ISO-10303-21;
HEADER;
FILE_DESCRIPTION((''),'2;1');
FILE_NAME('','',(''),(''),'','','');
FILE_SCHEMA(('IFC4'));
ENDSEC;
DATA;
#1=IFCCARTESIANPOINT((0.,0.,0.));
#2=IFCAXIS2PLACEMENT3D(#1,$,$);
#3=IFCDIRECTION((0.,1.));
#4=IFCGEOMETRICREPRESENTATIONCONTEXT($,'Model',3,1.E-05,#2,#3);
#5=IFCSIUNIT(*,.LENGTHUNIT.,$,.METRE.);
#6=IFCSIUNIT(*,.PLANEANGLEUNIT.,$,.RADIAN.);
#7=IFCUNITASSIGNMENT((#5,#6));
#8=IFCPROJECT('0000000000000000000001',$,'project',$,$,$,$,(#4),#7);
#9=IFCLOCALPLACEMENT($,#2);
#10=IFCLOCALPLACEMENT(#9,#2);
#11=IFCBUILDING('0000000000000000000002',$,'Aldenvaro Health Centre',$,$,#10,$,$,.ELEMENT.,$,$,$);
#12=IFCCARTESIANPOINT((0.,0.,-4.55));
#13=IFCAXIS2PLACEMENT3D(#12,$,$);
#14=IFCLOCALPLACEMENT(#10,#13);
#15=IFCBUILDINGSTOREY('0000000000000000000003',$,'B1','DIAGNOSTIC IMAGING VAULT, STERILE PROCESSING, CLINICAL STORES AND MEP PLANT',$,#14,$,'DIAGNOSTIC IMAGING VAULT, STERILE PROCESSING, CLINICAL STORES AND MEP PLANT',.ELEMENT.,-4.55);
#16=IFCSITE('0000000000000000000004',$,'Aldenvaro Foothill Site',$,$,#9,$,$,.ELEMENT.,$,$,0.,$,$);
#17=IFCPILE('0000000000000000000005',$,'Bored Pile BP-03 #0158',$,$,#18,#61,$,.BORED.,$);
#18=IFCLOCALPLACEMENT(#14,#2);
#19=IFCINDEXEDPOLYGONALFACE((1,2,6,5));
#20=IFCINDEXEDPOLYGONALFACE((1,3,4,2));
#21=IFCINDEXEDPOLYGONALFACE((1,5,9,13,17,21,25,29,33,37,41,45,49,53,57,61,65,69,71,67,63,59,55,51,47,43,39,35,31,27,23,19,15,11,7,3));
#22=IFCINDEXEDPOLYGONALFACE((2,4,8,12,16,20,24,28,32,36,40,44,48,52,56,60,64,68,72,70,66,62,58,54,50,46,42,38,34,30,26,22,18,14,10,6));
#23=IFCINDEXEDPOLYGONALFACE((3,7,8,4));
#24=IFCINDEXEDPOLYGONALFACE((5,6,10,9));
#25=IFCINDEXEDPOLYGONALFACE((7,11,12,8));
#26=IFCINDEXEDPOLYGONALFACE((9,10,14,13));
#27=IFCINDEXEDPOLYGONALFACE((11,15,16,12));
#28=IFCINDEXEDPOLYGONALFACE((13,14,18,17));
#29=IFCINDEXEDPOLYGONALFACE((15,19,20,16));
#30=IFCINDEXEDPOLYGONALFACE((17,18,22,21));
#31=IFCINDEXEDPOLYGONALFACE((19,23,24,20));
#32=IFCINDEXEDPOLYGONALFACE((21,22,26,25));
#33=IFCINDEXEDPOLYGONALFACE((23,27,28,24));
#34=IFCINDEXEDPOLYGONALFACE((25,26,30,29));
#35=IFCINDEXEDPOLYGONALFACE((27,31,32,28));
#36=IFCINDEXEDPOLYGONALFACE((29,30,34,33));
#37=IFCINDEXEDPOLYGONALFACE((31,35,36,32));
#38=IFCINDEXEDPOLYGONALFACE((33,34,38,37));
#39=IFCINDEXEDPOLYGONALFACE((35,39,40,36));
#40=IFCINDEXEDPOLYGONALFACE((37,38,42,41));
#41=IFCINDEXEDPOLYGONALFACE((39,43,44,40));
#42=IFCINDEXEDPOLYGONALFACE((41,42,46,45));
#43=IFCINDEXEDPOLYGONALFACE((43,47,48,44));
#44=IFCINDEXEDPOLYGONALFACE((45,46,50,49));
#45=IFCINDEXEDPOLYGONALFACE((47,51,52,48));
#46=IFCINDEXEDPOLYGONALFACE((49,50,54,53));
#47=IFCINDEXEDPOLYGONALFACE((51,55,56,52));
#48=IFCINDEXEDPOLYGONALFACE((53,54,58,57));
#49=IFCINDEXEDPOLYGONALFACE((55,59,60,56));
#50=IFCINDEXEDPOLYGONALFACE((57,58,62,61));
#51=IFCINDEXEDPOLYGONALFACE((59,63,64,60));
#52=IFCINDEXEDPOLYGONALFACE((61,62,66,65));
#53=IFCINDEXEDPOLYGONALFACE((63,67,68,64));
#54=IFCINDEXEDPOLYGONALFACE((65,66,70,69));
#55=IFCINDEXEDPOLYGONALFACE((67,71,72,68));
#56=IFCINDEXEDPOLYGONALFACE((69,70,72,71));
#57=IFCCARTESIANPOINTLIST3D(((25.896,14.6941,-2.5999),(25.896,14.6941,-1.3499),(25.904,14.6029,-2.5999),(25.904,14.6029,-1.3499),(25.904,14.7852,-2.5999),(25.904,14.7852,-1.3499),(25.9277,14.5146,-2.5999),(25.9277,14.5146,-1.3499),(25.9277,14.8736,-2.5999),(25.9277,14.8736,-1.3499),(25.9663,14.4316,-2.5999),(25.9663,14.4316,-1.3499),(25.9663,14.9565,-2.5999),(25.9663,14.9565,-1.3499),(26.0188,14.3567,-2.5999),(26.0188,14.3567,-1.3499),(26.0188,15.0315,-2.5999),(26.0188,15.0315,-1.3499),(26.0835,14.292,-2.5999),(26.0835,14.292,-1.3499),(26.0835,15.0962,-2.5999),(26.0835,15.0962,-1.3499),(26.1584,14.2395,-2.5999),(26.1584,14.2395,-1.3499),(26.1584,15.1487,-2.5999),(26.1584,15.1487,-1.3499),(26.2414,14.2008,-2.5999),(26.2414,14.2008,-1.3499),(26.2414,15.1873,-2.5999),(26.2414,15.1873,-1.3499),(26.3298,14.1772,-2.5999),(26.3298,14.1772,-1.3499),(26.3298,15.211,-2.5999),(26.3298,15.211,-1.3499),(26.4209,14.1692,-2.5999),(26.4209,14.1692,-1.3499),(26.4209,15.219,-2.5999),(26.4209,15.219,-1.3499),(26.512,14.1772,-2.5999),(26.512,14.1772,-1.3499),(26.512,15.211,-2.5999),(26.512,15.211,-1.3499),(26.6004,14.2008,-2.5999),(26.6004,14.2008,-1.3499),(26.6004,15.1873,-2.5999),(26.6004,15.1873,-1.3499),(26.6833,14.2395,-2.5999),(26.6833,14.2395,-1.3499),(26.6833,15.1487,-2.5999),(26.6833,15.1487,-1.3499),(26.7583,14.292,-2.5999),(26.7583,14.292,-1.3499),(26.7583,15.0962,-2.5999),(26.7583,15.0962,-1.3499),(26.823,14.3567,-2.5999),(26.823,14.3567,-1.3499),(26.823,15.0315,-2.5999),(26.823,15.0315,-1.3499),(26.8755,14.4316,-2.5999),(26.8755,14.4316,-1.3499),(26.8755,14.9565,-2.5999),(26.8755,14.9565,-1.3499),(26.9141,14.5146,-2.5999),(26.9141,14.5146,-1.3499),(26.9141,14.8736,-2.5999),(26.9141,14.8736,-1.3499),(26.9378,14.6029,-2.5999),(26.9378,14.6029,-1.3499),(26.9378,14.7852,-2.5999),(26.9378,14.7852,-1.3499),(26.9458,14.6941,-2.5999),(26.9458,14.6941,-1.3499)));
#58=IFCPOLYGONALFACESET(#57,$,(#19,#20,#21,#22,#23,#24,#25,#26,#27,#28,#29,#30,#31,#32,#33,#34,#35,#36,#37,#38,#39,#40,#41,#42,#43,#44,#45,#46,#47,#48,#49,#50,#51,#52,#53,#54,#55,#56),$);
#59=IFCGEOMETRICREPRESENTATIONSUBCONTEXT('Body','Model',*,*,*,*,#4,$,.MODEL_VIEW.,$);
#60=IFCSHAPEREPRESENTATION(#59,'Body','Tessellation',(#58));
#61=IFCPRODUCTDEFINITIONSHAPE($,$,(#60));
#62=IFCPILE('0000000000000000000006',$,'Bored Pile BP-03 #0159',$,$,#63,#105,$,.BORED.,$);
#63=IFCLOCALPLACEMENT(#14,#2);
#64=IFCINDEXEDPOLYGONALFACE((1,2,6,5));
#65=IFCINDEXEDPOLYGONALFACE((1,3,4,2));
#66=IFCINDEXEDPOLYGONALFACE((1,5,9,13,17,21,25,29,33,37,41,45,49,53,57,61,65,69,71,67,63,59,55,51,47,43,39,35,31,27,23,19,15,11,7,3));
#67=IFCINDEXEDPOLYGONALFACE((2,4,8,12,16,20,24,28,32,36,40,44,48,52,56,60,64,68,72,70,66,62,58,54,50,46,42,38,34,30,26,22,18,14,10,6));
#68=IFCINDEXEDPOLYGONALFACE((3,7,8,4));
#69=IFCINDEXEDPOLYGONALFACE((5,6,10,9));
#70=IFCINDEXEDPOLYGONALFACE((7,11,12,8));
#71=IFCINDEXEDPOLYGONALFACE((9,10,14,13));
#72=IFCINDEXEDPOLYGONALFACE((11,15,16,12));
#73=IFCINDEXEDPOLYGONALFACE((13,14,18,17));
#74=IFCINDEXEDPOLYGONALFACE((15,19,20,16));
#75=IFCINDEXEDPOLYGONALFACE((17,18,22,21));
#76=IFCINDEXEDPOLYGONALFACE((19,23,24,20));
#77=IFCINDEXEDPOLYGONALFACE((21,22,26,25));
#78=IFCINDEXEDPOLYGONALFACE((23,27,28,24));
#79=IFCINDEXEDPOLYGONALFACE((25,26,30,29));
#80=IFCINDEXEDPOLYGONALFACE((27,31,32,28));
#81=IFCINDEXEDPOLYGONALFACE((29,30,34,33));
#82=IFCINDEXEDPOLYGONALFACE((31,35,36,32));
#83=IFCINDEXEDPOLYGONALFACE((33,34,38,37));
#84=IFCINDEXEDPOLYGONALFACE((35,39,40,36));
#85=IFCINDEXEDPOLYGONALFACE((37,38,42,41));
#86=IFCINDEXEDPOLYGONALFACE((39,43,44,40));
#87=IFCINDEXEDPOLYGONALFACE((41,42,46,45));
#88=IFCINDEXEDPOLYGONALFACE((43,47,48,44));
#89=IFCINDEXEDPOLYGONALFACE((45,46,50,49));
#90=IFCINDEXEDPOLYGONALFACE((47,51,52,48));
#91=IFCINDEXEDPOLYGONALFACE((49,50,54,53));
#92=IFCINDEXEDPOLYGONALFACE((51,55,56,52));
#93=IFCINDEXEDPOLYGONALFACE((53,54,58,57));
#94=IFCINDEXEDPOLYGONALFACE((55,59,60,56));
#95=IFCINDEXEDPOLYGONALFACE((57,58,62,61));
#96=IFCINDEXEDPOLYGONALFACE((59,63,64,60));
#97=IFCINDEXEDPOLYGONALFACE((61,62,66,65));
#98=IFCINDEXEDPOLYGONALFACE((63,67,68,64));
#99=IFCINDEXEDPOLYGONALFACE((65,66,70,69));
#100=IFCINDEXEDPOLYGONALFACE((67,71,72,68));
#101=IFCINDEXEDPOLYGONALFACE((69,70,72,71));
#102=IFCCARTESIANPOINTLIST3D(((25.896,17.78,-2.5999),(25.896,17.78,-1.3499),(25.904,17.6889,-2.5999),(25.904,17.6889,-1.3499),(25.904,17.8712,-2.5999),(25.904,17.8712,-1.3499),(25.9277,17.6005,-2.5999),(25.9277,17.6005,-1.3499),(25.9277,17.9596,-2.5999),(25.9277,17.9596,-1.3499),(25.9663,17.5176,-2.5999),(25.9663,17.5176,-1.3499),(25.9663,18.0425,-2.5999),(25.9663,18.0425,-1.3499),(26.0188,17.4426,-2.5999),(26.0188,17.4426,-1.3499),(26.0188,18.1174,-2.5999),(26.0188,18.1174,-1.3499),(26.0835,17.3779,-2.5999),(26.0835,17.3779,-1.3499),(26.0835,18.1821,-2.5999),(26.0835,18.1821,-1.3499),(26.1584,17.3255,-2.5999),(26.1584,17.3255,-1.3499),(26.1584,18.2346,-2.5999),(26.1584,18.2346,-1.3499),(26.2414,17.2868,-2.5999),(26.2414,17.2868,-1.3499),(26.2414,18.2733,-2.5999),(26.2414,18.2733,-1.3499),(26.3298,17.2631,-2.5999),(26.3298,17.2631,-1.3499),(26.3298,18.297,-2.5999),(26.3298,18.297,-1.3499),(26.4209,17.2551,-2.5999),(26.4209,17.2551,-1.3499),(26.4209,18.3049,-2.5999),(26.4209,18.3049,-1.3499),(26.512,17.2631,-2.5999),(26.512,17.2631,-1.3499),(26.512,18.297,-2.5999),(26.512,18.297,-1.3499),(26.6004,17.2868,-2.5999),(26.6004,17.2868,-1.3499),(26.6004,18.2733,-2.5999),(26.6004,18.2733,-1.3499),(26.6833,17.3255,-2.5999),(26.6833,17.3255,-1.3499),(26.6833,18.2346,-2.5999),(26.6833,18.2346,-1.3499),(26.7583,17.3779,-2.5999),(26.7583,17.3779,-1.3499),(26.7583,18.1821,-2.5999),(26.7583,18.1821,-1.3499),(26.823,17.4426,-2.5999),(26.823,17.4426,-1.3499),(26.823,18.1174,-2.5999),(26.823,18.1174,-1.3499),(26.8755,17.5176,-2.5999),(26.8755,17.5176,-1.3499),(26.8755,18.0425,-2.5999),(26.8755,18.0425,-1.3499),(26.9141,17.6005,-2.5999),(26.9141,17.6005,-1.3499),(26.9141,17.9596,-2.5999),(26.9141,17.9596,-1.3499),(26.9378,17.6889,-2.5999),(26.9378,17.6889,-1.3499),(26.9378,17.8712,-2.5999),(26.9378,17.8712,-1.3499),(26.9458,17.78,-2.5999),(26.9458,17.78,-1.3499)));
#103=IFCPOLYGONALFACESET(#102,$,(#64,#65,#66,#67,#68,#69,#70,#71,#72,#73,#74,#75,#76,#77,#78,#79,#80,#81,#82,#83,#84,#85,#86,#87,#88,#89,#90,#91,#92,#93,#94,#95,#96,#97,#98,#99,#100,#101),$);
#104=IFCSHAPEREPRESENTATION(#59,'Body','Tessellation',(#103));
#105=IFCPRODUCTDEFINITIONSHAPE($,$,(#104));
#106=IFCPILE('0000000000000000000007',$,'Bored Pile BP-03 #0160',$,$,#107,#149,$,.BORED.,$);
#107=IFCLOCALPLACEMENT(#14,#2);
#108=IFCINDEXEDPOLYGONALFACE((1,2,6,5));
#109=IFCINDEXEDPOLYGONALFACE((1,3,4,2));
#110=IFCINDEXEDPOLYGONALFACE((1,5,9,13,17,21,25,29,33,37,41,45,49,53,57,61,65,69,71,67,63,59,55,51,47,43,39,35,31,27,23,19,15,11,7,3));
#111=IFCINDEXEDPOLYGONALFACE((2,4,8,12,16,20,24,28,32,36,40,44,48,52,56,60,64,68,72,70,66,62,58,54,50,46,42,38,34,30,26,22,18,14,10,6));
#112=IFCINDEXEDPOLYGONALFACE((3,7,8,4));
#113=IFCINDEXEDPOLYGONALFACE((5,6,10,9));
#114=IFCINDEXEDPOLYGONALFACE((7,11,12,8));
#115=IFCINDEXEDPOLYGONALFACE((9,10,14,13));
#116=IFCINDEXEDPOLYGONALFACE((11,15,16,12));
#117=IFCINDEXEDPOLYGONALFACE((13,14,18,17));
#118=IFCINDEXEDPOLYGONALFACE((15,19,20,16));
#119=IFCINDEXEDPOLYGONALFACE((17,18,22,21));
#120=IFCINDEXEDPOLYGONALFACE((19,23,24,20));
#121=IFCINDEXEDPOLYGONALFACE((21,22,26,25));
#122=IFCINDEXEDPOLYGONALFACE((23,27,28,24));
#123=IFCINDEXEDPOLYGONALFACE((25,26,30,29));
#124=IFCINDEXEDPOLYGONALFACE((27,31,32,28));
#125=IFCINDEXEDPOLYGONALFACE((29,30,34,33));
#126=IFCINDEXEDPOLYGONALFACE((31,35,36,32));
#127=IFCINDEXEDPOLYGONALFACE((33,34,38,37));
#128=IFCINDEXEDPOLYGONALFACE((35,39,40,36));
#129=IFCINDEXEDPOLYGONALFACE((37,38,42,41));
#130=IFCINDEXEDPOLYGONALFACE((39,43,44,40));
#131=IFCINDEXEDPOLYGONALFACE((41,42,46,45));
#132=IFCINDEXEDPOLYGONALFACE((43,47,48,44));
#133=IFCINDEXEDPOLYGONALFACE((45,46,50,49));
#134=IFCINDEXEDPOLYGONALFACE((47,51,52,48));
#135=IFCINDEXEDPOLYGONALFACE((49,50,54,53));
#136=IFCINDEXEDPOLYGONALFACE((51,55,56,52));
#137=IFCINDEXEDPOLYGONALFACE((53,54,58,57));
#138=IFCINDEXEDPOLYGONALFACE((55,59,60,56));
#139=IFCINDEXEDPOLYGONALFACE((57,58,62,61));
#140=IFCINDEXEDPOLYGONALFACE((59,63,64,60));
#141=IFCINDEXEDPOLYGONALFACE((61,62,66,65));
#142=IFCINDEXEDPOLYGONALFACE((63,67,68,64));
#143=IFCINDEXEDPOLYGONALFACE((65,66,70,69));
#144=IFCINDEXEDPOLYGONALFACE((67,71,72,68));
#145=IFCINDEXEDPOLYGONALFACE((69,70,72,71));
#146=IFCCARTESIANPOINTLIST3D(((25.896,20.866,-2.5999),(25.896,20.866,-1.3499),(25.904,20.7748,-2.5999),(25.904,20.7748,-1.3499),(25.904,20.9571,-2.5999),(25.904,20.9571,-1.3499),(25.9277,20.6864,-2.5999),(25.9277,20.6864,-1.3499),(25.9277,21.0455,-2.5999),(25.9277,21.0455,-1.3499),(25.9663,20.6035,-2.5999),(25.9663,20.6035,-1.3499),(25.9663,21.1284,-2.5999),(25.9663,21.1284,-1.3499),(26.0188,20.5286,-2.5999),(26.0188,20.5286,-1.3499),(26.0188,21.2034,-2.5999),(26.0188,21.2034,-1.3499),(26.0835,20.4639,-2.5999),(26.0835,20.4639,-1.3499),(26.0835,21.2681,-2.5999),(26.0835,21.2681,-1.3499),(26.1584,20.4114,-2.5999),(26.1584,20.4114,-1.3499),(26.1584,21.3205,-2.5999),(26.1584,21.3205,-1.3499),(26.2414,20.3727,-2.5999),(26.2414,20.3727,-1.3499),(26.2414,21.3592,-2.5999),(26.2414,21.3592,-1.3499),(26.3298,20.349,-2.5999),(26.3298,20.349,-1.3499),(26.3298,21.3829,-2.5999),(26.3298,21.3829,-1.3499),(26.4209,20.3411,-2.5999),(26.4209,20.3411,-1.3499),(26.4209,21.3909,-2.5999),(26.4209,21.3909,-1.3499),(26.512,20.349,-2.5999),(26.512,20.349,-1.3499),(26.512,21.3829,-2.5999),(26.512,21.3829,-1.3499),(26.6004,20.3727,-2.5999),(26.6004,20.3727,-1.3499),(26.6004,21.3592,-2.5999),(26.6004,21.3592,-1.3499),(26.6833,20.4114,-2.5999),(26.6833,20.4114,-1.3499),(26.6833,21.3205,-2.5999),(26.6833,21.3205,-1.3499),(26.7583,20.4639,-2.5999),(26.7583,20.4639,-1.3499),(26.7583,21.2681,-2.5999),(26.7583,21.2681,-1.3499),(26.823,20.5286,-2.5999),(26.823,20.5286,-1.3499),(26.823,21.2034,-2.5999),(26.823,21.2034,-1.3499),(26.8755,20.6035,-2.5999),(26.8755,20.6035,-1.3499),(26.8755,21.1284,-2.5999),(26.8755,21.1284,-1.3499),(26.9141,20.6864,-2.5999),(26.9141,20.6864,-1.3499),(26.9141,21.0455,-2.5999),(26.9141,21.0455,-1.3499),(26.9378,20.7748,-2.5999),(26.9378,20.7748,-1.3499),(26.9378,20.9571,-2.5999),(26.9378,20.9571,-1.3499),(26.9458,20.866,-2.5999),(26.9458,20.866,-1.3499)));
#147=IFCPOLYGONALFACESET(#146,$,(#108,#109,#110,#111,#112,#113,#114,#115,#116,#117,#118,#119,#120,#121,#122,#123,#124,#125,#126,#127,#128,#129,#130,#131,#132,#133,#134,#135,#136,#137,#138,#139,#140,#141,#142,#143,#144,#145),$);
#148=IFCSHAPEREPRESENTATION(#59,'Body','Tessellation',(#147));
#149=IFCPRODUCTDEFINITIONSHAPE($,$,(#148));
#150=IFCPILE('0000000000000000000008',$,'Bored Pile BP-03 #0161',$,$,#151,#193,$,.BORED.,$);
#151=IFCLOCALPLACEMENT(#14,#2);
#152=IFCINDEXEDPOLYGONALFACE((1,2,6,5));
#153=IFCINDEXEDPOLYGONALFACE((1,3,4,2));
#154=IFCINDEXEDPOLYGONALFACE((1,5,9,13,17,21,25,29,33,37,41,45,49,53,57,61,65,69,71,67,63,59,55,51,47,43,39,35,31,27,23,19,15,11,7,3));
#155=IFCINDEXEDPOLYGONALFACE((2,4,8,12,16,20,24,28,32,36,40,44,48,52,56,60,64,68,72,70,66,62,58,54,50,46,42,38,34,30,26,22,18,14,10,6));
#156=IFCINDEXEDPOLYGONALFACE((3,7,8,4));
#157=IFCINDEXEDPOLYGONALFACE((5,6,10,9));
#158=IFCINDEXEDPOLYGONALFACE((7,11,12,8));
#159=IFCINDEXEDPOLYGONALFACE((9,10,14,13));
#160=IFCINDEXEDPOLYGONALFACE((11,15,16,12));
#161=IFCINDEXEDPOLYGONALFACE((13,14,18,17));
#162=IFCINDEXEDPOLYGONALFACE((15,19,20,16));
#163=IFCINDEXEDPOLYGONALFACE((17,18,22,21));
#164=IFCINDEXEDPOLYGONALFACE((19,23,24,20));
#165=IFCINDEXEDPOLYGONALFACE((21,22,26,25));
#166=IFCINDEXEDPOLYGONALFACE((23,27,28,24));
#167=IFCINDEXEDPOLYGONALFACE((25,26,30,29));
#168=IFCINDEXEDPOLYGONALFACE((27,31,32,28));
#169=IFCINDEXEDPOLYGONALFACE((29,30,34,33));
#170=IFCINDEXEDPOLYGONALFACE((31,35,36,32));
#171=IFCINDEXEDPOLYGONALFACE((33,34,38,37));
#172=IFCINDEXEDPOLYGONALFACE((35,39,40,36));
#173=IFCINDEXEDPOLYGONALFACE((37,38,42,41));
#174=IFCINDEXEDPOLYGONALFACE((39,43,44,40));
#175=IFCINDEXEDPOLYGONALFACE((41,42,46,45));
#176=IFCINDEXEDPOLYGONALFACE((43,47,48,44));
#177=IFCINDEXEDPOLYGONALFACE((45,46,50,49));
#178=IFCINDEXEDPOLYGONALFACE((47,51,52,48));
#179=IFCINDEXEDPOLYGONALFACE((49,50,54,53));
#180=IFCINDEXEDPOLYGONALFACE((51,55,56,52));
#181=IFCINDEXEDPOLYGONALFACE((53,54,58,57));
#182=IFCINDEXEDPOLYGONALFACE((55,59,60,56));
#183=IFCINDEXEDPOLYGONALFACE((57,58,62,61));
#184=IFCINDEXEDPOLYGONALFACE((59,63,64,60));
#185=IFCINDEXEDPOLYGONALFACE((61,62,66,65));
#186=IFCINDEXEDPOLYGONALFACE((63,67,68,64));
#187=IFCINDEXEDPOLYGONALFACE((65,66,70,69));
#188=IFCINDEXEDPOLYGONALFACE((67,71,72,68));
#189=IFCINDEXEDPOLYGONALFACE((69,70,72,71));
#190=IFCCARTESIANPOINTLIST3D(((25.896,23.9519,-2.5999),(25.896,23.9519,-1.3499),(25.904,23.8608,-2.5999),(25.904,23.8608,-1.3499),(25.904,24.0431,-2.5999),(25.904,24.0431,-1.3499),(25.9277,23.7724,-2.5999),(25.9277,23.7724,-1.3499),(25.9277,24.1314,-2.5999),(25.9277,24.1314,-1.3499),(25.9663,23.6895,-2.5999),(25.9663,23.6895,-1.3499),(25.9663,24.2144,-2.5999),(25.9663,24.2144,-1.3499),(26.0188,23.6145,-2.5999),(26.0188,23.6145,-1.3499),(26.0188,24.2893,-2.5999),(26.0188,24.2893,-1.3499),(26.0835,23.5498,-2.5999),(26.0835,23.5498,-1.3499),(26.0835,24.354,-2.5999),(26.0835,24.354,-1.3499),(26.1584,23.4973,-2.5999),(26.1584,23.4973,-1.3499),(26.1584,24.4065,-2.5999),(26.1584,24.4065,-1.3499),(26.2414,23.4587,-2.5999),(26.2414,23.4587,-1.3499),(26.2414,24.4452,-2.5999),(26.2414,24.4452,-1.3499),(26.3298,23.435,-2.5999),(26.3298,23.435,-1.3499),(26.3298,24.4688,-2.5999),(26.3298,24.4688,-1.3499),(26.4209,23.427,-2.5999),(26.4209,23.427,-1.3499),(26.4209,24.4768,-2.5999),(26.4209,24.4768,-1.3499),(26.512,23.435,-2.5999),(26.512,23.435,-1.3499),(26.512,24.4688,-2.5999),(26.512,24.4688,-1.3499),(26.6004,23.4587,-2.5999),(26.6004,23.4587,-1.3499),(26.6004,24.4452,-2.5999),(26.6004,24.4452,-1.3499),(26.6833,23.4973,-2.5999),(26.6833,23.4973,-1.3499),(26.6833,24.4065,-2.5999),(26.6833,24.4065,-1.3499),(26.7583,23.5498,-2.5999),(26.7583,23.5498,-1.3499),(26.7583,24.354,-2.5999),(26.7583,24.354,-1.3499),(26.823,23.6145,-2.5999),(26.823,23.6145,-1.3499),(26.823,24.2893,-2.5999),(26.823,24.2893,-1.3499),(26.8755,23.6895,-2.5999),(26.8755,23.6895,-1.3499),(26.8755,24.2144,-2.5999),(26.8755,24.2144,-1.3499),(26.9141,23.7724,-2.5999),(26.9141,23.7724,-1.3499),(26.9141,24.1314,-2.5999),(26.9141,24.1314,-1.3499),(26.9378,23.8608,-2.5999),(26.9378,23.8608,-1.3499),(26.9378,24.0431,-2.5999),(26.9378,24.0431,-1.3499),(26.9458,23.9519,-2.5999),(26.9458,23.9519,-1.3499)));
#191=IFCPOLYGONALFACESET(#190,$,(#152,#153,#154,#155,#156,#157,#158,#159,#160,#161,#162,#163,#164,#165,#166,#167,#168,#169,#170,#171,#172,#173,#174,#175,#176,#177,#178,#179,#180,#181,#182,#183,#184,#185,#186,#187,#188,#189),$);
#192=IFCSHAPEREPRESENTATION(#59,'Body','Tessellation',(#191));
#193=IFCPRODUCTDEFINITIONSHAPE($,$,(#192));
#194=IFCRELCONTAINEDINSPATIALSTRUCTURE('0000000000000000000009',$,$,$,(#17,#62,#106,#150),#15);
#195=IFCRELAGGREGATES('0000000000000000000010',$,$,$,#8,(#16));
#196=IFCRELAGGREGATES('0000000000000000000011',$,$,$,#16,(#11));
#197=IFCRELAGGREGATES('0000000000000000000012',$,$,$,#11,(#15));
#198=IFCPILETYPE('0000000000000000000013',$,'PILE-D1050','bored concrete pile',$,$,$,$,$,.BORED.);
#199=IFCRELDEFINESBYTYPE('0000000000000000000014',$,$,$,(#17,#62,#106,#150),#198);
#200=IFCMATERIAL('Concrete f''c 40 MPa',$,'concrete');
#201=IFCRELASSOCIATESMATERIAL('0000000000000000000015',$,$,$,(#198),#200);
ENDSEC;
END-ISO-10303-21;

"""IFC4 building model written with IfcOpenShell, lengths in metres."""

from ifc_helpers import new_model, si_unit, direction, frame, origin, origin_2d, place, context, subcontext, project, spatial, circle, extrude, material, material_profile, profile_set, type_object, element, save


model = new_model("IFC4")

# Units and contexts
model_context = context("Model", 3, precision=1e-05, world=origin(), true_north=direction((0.0, 1.0)))
body_context = subcontext(model_context, "Body", "Model", "MODEL_VIEW")
ifc_project = project(units=[si_unit("LENGTHUNIT", "METRE"), si_unit("PLANEANGLEUNIT", "RADIAN")], contexts=[model_context])

# Site, building, storey
site_placement = place(None, origin())
site = spatial("IfcSite", under=ifc_project, at=site_placement, Name="Aldenvaro Foothill Site", CompositionType="ELEMENT", RefElevation=0.0)
building_placement = place(site_placement, origin())
building = spatial("IfcBuilding", under=site, at=building_placement, Name="Aldenvaro Health Centre", CompositionType="ELEMENT")
storey_placement = place(building_placement, frame((0.0, 0.0, -4.55)))
storey = spatial("IfcBuildingStorey", under=building, at=storey_placement, Name="B1", Description="DIAGNOSTIC IMAGING VAULT, STERILE PROCESSING, CLINICAL STORES AND MEP PLANT", LongName="DIAGNOSTIC IMAGING VAULT, STERILE PROCESSING, CLINICAL STORES AND MEP PLANT", CompositionType="ELEMENT", Elevation=-4.55)

# Piles
ifc_material_1 = material(Name="Concrete f'c 40 MPa", Category="concrete")
ifc_material_profile_1 = material_profile(ifc_material_1, circle(Radius=0.5249, at=origin_2d()), Name="PILE D1050", Category="concrete")
ifc_profile_set_1 = profile_set([ifc_material_profile_1], Name="Concrete f'c 40 MPa")
pile_type = type_object("IfcPileType", Name="PILE-D1050", Description="bored concrete pile", PredefinedType="BORED", material=ifc_profile_set_1)
for number, where, z_axis, x_axis, name in (
    (1, (26.4209, 14.6941, -1.3499), (0.0, 0.0, -1.0), (1.0, 0.0, 0.0), "Bored Pile BP-03 #0158"),
    (2, (26.4209, 17.78, -1.3499), (0.0, 0.0, -1.0), (1.0, 0.0, 0.0), "Bored Pile BP-03 #0159"),
    (3, (26.4209, 20.866, -1.3499), (0.0, 0.0, -1.0), (1.0, 0.0, 0.0), "Bored Pile BP-03 #0160"),
    (4, (26.4209, 23.9519, -1.3499), (0.0, 0.0, -1.0), (1.0, 0.0, 0.0), "Bored Pile BP-03 #0161"),
):
    element("IfcPile", number, at=place(storey_placement, frame(where, z_axis=z_axis, x_axis=x_axis)), inside=storey, type_object=pile_type, Name=name, PredefinedType="BORED", context=body_context, shape_type="SweptSolid", body=[
        extrude(circle(Radius=0.5249, at=origin_2d()), origin(), (0.0, 0.0, 1.0), 1.25),
    ])

save(model, "model.ifc")
